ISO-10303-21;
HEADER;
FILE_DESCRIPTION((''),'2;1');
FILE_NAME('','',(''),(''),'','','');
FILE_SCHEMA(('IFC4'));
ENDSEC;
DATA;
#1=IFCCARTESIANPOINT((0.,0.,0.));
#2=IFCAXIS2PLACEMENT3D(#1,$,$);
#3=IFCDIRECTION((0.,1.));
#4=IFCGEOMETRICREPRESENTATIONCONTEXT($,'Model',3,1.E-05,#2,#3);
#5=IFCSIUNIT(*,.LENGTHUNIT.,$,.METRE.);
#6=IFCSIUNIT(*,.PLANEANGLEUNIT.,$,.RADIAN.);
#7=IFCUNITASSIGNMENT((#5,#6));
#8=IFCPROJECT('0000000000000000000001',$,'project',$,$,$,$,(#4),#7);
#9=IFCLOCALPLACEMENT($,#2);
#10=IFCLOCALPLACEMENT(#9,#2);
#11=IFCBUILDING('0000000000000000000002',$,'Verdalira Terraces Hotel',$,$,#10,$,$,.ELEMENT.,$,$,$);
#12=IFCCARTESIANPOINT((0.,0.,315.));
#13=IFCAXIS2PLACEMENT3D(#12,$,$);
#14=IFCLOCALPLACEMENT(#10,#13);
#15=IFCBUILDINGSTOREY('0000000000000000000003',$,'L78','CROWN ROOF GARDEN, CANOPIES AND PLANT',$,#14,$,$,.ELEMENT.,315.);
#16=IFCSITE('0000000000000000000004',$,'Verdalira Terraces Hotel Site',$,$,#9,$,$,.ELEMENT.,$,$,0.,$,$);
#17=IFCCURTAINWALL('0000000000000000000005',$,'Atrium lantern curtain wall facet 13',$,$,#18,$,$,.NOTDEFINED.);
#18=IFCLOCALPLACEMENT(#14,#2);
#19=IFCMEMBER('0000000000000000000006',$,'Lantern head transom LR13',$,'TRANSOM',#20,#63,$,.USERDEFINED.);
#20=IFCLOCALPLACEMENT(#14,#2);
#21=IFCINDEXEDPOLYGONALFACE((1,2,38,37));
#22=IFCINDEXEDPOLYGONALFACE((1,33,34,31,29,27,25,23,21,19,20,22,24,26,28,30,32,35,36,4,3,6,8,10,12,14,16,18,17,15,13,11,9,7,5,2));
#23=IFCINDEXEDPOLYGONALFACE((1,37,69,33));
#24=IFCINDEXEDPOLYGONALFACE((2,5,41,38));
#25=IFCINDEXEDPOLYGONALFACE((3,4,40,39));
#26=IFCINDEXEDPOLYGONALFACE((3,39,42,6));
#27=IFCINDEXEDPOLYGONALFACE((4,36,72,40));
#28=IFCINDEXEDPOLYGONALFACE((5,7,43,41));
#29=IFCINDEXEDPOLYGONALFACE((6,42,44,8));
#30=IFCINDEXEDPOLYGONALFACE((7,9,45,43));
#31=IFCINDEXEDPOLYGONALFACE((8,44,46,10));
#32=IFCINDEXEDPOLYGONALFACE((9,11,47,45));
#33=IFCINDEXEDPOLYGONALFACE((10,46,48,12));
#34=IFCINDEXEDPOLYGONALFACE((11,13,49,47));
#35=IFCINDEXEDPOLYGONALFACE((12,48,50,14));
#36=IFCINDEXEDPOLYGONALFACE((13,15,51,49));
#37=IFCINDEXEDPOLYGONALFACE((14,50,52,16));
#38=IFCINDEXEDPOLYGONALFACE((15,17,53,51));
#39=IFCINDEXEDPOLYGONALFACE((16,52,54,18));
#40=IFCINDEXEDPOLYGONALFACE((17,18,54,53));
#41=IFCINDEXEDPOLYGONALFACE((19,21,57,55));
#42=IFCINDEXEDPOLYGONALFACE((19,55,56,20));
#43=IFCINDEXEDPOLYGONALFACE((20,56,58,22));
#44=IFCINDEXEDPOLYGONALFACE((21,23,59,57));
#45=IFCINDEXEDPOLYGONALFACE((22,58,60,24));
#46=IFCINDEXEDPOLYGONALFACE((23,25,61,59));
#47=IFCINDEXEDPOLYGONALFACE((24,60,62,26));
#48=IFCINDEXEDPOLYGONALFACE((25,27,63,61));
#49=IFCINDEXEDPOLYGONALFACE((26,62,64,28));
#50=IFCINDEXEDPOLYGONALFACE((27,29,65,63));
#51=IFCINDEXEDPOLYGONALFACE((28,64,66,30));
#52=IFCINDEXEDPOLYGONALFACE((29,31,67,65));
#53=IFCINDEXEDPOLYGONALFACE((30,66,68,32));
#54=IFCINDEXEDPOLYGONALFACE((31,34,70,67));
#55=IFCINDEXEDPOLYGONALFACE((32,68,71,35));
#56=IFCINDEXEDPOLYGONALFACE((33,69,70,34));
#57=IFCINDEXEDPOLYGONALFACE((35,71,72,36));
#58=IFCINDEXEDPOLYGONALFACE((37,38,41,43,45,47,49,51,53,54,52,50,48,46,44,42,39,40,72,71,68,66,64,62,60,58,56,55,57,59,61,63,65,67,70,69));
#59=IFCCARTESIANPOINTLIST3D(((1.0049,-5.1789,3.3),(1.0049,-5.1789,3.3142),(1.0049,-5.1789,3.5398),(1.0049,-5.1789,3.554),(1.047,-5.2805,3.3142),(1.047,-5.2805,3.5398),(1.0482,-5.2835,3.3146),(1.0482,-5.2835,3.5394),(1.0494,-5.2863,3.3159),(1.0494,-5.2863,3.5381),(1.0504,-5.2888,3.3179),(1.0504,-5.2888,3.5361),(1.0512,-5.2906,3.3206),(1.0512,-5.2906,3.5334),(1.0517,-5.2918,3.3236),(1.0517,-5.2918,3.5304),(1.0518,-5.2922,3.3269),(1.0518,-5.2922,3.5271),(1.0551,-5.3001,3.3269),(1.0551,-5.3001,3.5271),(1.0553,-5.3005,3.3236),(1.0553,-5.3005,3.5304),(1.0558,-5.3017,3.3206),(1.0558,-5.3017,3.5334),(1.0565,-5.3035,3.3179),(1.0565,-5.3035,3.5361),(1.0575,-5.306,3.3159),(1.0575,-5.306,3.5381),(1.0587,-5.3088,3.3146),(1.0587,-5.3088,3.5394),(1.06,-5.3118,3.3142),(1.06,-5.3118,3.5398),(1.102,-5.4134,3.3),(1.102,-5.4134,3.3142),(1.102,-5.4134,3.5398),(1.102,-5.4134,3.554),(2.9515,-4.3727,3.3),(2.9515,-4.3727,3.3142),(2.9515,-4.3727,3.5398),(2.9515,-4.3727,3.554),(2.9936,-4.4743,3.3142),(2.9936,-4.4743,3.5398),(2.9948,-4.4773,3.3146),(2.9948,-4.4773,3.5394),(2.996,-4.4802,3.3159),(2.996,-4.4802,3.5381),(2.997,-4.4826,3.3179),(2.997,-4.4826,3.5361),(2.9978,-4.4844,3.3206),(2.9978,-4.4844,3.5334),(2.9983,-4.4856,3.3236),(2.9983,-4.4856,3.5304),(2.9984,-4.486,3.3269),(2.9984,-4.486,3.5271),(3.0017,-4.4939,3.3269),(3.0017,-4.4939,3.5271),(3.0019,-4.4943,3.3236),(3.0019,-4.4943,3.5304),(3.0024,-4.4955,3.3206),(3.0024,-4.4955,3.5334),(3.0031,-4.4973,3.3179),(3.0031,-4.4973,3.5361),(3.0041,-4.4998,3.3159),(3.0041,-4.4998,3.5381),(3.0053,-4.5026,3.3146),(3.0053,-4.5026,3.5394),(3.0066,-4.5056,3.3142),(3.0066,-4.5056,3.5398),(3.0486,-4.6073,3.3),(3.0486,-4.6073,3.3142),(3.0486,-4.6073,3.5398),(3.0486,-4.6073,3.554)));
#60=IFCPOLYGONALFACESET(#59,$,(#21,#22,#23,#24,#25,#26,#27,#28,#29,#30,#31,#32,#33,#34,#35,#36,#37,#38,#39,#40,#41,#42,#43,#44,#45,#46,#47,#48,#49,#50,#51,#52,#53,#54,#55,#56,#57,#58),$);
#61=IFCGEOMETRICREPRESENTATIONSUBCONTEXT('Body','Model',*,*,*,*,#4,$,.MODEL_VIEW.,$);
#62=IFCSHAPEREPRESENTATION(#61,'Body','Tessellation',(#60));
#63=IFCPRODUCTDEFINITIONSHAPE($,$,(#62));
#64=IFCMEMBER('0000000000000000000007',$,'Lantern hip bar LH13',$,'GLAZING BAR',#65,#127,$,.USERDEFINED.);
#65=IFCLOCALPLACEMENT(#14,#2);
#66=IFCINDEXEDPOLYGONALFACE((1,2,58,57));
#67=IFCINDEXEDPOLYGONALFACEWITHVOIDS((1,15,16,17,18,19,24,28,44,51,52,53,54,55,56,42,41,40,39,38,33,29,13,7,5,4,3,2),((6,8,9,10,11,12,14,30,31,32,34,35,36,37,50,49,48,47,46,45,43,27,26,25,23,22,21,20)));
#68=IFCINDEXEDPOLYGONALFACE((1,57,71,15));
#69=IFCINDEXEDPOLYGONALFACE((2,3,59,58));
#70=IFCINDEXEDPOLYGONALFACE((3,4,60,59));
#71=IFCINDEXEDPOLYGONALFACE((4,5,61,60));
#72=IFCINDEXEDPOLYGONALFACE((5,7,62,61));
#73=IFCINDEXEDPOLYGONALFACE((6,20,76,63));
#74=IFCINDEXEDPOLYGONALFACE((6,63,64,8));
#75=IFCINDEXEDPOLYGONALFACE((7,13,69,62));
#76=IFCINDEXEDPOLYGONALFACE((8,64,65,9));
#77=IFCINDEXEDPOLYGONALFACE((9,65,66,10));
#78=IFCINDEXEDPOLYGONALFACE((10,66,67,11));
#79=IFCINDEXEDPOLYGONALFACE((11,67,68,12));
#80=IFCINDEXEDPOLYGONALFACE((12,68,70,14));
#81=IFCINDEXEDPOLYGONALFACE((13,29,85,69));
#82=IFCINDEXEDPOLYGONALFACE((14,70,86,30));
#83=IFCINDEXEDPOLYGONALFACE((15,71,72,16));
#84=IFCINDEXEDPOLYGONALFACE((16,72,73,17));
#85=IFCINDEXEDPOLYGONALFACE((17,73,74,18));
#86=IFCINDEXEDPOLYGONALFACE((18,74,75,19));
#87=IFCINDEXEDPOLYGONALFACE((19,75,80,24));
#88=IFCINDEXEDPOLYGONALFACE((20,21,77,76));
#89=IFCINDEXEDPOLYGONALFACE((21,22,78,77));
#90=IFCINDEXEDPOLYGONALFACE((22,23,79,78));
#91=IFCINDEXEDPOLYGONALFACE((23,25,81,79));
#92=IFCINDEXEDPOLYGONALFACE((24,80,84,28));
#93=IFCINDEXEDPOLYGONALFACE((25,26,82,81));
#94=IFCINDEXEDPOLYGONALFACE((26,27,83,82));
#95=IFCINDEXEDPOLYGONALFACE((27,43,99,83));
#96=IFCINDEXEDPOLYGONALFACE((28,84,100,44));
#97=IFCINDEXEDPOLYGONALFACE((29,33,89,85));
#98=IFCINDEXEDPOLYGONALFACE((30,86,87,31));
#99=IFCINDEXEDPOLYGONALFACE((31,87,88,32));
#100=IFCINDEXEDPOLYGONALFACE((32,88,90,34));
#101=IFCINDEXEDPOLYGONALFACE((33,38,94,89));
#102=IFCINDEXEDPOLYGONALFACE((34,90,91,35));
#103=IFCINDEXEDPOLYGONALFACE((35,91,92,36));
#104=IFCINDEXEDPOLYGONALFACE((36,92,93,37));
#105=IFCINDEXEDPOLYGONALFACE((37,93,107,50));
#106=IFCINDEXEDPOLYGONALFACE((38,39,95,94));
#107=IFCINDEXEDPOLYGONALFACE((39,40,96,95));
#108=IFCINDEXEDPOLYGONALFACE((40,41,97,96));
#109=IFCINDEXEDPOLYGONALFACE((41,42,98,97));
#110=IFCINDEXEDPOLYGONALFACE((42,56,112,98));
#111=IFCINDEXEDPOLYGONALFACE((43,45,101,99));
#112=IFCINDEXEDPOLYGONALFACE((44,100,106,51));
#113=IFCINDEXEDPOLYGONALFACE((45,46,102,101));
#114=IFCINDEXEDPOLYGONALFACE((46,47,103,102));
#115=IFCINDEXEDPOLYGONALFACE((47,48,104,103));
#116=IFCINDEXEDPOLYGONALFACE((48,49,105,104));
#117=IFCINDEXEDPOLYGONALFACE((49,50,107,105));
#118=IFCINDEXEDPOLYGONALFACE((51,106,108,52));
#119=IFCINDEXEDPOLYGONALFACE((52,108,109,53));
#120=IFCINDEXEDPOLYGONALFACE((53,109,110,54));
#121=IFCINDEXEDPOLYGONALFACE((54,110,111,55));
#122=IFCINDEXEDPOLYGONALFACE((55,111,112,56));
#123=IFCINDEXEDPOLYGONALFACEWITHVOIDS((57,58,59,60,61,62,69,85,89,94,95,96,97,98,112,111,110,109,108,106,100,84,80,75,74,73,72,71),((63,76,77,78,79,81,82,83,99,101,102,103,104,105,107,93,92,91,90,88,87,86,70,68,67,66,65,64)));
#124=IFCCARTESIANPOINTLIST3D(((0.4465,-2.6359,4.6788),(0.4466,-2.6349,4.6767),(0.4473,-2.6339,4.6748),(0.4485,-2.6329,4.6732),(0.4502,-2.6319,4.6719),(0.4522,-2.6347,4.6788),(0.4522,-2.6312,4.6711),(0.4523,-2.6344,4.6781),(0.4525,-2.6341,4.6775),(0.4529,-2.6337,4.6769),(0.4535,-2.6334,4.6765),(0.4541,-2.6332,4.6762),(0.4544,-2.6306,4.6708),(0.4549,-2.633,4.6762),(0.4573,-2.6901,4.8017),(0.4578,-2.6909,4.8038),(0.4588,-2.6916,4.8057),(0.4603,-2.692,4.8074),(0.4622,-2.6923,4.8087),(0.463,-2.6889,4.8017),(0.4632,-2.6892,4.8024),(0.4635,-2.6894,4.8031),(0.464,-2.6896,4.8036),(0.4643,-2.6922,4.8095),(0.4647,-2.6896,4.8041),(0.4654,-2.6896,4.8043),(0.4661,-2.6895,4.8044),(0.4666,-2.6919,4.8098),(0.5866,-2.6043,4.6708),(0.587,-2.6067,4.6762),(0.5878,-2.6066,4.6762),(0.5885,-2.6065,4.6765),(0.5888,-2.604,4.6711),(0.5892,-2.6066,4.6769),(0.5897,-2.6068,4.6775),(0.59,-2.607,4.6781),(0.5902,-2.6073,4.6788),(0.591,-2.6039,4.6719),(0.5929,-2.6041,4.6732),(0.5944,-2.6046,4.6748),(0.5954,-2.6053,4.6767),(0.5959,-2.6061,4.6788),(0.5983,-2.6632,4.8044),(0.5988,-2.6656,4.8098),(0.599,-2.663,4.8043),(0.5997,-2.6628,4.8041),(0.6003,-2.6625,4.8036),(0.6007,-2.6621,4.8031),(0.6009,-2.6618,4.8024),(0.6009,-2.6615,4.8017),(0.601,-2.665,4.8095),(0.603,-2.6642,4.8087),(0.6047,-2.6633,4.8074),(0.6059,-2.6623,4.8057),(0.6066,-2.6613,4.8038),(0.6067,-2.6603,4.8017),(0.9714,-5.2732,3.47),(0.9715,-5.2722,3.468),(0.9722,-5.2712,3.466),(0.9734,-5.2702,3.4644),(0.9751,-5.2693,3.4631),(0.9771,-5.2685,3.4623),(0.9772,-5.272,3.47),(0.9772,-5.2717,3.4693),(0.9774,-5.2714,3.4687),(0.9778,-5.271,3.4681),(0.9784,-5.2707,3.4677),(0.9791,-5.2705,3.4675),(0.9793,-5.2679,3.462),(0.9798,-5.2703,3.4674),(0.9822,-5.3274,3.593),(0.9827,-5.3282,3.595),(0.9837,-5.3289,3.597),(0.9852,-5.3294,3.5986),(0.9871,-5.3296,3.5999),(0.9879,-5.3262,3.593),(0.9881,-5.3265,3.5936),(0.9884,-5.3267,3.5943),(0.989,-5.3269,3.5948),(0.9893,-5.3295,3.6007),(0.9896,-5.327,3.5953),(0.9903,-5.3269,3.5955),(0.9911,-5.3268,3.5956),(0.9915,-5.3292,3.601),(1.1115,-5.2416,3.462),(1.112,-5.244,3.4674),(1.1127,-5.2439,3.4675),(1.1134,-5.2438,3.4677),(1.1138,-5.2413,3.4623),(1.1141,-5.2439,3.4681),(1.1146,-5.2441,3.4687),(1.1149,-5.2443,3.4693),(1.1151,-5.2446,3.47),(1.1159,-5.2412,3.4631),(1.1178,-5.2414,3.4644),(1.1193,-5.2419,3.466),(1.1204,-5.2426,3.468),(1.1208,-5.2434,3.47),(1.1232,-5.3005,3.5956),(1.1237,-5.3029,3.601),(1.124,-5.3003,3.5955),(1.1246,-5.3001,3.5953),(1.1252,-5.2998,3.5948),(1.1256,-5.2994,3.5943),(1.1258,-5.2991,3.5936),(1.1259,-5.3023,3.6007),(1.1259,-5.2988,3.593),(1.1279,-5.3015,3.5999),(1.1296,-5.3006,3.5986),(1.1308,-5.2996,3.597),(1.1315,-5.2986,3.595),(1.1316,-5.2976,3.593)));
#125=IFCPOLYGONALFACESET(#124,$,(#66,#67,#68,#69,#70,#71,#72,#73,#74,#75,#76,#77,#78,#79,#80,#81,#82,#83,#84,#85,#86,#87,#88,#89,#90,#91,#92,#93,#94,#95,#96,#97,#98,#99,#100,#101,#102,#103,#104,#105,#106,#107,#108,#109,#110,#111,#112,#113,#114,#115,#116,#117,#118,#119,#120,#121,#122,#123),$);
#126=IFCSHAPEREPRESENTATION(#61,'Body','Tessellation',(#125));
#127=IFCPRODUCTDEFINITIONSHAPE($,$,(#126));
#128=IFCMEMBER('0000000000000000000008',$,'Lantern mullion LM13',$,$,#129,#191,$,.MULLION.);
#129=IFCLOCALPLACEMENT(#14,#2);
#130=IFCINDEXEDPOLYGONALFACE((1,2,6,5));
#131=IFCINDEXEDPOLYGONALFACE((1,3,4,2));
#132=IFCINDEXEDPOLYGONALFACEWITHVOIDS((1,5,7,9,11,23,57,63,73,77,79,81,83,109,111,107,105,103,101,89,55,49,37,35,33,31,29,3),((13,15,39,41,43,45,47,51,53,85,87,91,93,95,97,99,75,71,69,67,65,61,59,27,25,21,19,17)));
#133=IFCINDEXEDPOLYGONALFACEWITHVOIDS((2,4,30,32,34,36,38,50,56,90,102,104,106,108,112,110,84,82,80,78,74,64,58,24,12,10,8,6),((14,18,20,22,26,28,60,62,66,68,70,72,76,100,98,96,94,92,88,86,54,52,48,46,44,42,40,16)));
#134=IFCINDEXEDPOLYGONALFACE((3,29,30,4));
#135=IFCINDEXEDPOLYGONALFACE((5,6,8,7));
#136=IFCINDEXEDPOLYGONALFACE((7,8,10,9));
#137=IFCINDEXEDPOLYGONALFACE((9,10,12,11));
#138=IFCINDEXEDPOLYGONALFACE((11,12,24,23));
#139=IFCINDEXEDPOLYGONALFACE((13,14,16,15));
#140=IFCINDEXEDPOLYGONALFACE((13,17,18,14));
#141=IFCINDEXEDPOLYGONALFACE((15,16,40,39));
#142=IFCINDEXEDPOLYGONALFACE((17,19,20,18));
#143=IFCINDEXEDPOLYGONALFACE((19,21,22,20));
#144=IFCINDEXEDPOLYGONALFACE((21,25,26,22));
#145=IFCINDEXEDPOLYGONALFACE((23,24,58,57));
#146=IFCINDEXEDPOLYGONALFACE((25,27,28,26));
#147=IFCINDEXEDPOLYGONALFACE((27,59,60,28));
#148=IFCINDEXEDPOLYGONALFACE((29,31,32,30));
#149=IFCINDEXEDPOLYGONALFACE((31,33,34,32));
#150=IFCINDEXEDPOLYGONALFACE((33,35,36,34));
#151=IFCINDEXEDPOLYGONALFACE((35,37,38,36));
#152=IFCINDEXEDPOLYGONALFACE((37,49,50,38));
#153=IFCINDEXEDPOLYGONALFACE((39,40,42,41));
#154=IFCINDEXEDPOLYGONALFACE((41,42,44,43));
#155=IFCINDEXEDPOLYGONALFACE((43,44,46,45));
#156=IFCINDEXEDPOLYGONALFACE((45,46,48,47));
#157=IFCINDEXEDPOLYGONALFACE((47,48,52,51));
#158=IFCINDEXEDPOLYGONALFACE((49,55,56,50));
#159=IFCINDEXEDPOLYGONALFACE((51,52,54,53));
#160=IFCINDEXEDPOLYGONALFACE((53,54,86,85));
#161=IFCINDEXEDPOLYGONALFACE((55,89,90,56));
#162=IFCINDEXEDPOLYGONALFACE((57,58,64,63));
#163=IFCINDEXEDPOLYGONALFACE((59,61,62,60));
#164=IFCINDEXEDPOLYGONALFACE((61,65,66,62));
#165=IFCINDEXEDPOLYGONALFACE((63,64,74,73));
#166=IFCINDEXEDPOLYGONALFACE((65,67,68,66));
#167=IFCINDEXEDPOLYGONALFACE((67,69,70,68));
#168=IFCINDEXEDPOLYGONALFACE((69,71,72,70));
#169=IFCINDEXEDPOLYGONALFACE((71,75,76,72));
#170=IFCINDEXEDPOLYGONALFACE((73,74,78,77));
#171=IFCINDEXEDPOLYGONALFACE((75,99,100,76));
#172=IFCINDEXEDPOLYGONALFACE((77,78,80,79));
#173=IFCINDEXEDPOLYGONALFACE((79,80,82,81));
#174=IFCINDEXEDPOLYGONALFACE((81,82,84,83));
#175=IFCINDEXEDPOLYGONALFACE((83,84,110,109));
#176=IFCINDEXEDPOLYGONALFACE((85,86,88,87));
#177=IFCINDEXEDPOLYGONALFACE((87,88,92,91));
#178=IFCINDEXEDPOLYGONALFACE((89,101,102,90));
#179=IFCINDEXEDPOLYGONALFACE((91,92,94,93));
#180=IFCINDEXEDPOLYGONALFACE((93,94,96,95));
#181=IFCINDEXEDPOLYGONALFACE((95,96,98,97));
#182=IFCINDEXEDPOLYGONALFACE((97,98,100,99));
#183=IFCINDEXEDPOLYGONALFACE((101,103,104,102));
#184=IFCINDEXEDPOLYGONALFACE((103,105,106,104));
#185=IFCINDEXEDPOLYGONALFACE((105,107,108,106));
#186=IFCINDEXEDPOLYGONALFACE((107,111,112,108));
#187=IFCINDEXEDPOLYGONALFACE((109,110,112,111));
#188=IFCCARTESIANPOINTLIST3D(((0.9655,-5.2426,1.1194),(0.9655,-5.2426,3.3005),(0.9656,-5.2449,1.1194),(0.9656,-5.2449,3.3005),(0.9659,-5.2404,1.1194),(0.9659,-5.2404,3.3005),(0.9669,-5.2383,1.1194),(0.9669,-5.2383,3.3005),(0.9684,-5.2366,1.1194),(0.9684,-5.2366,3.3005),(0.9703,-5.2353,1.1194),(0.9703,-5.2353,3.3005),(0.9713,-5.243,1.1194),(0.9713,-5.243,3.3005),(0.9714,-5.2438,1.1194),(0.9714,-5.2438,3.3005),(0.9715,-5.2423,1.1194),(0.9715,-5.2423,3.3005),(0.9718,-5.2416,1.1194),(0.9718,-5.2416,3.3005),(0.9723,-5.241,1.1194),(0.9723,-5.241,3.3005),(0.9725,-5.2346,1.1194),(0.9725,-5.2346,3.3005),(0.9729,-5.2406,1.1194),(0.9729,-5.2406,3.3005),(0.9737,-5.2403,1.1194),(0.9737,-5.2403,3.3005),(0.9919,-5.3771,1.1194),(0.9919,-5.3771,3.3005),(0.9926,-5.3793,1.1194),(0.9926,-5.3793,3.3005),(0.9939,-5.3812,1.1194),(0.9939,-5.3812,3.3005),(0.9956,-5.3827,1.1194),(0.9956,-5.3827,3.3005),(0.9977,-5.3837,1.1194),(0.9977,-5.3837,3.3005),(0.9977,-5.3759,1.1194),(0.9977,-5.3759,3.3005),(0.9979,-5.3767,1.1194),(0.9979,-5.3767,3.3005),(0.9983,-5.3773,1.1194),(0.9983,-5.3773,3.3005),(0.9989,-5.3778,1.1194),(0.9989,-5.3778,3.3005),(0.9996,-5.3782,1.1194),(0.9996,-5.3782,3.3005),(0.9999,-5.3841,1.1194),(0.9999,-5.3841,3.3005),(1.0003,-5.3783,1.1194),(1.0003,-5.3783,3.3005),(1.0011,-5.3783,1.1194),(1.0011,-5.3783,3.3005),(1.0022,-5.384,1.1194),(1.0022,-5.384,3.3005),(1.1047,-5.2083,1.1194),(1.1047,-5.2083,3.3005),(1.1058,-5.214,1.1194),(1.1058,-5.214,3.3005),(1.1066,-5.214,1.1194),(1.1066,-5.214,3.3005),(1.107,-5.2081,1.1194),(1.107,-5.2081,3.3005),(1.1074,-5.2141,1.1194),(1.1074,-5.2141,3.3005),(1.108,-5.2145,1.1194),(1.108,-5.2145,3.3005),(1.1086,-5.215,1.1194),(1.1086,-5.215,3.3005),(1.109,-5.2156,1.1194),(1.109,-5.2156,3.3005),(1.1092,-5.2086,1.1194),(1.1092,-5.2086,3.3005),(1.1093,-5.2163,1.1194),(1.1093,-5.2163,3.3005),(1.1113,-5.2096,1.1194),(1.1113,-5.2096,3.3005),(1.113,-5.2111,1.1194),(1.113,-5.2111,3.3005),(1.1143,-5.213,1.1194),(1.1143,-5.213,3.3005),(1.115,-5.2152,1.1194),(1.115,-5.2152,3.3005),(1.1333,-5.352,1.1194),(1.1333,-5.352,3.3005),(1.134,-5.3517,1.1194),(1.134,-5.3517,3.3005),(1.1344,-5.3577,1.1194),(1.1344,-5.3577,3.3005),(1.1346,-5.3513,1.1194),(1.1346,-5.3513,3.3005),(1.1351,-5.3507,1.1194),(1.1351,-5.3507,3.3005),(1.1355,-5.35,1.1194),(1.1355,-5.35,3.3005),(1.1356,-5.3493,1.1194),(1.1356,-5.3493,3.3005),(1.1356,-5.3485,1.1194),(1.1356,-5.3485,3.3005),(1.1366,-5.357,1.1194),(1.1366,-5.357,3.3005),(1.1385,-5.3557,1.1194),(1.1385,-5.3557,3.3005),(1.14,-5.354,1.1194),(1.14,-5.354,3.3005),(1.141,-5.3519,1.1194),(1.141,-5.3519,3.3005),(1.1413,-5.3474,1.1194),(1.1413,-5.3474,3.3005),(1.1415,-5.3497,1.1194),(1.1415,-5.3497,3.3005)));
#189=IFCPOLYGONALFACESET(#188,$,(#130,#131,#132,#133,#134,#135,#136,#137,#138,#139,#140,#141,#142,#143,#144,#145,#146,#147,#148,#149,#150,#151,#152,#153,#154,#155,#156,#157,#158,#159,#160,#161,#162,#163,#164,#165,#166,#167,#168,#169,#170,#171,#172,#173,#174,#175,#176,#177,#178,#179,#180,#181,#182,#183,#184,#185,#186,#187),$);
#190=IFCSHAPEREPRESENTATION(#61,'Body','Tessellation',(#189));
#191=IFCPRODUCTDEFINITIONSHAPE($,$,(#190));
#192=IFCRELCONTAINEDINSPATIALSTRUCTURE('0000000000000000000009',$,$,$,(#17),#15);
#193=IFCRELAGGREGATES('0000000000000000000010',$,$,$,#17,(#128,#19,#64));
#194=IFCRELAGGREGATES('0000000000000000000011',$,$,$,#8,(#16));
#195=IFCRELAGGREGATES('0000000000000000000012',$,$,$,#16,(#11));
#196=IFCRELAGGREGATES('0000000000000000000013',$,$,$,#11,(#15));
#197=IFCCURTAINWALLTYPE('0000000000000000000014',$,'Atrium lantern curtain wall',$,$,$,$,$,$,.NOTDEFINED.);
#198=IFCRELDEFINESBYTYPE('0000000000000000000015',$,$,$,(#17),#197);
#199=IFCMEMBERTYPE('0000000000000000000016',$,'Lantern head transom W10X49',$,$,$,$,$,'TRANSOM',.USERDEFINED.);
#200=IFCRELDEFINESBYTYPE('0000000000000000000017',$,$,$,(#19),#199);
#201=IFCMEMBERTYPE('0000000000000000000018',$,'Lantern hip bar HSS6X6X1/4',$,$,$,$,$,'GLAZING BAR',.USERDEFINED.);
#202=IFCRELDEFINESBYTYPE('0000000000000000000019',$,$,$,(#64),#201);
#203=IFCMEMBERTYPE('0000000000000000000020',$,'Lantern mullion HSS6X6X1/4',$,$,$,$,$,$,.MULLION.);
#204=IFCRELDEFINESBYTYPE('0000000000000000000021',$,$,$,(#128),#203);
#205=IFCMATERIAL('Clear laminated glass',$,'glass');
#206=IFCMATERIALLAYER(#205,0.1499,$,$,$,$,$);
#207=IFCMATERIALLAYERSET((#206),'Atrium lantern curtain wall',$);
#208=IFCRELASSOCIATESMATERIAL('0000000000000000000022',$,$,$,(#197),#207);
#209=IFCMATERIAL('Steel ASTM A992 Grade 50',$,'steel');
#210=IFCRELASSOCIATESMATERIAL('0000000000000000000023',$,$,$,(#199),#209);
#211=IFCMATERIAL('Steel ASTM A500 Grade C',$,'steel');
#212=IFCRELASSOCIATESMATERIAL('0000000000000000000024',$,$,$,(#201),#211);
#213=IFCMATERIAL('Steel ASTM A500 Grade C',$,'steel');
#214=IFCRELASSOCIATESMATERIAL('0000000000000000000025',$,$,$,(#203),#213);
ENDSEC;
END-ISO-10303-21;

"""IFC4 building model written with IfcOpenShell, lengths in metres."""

from ifc_helpers import new_model, si_unit, direction, frame, origin, origin_2d, place, context, subcontext, project, spatial, hollow_rectangle, i_section, extrude, material, layer, layer_set, material_profile, profile_set, type_object, element, aggregate, save


model = new_model("IFC4")

# Units and contexts
model_context = context("Model", 3, precision=1e-05, world=origin(), true_north=direction((0.0, 1.0)))
body_context = subcontext(model_context, "Body", "Model", "MODEL_VIEW")
ifc_project = project(units=[si_unit("LENGTHUNIT", "METRE"), si_unit("PLANEANGLEUNIT", "RADIAN")], contexts=[model_context])

# Site, building, storey
site_placement = place(None, origin())
site = spatial("IfcSite", under=ifc_project, at=site_placement, Name="Verdalira Terraces Hotel Site", CompositionType="ELEMENT", RefElevation=0.0)
building_placement = place(site_placement, origin())
building = spatial("IfcBuilding", under=site, at=building_placement, Name="Verdalira Terraces Hotel", CompositionType="ELEMENT")
storey_placement = place(building_placement, frame((0.0, 0.0, 315.0)))
storey = spatial("IfcBuildingStorey", under=building, at=storey_placement, Name="L78", Description="CROWN ROOF GARDEN, CANOPIES AND PLANT", CompositionType="ELEMENT", Elevation=315.0)

# Curtain wall, members
ifc_material_1 = material(Name="Clear laminated glass", Category="glass")
ifc_layer_1 = layer(ifc_material_1, 0.1499)
ifc_layer_set_1 = layer_set([ifc_layer_1], Name="Atrium lantern curtain wall")
curtain_wall_type = type_object("IfcCurtainWallType", Name="Atrium lantern curtain wall", PredefinedType="NOTDEFINED", material=ifc_layer_set_1)
curtain_wall_placement = place(storey_placement, origin())
curtain_wall = element("IfcCurtainWall", 1, at=curtain_wall_placement, inside=storey, type_object=curtain_wall_type, Name="Atrium lantern curtain wall facet 13", PredefinedType="NOTDEFINED")
ifc_material_2 = material(Name="Steel ASTM A992 Grade 50", Category="steel")
ifc_material_profile_1 = material_profile(ifc_material_2, i_section(OverallWidth=0.2539, OverallDepth=0.2539, WebThickness=0.0085, FlangeThickness=0.0142, FilletRadius=0.0127, at=origin_2d()), Name="W10X49")
ifc_profile_set_1 = profile_set([ifc_material_profile_1], Name="Steel ASTM A992 Grade 50")
member_type_1 = type_object("IfcMemberType", Name="Lantern head transom W10X49", ElementType="TRANSOM", PredefinedType="USERDEFINED", material=ifc_profile_set_1)
member_1_placement = place(storey_placement, frame((1.0535, -5.2961, 3.427), z_axis=(0.923901, 0.382632, 0.0), x_axis=(-0.382632, 0.923901, 0.0)))
member_1 = element("IfcMember", 2, at=member_1_placement, type_object=member_type_1, Name="Lantern head transom LR13", ObjectType="TRANSOM", PredefinedType="USERDEFINED", context=body_context, shape_type="SweptSolid", body=[
    extrude(i_section(OverallWidth=0.2539, OverallDepth=0.2539, WebThickness=0.0085, FlangeThickness=0.0142, FilletRadius=0.0127, at=origin_2d()), origin(), (0.0, 0.0, 1.0), 2.1069),
])
ifc_material_3 = material(Name="Steel ASTM A500 Grade C", Category="steel")
ifc_material_profile_2 = material_profile(ifc_material_3, hollow_rectangle(XDim=0.1523, YDim=0.1523, WallThickness=0.0059, InnerFilletRadius=0.0029, OuterFilletRadius=0.0088, at=origin_2d()), Name="HSS6X6X1/4")
ifc_profile_set_2 = profile_set([ifc_material_profile_2], Name="Steel ASTM A500 Grade C")
member_type_2 = type_object("IfcMemberType", Name="Lantern hip bar HSS6X6X1/4", ElementType="GLAZING BAR", PredefinedType="USERDEFINED", material=ifc_profile_set_2)
member_2_placement = place(storey_placement, frame((1.0515, -5.2854, 3.5315), z_axis=(-0.178046, 0.894537, 0.410003), x_axis=(-0.980762, -0.195208, 0.0)))
member_2 = element("IfcMember", 3, at=member_2_placement, type_object=member_type_2, Name="Lantern hip bar LH13", ObjectType="GLAZING BAR", PredefinedType="USERDEFINED", context=body_context, shape_type="SweptSolid", body=[
    extrude(hollow_rectangle(XDim=0.1523, YDim=0.1523, WallThickness=0.0059, InnerFilletRadius=0.0029, OuterFilletRadius=0.0088, at=origin_2d()), origin(), (0.0, 0.0, 1.0), 2.9482),
])
ifc_material_4 = material(Name="Steel ASTM A500 Grade C", Category="steel")
ifc_material_profile_3 = material_profile(ifc_material_4, hollow_rectangle(XDim=0.1523, YDim=0.1523, WallThickness=0.0059, InnerFilletRadius=0.0029, OuterFilletRadius=0.0088, at=origin_2d()), Name="HSS6X6X1/4")
ifc_profile_set_3 = profile_set([ifc_material_profile_3], Name="Steel ASTM A500 Grade C")
member_type_3 = type_object("IfcMemberType", Name="Lantern mullion HSS6X6X1/4", PredefinedType="MULLION", material=ifc_profile_set_3)
member_3_placement = place(storey_placement, frame((1.0535, -5.2961, 1.1194), z_axis=(0.0, 0.0, 1.0), x_axis=(0.19509, -0.980785, 0.0)))
member_3 = element("IfcMember", 4, at=member_3_placement, type_object=member_type_3, Name="Lantern mullion LM13", PredefinedType="MULLION", context=body_context, shape_type="SweptSolid", body=[
    extrude(hollow_rectangle(XDim=0.1523, YDim=0.1523, WallThickness=0.0059, InnerFilletRadius=0.0029, OuterFilletRadius=0.0088, at=origin_2d()), origin(), (0.0, 0.0, 1.0), 2.1812),
])

aggregate(curtain_wall, [member_3, member_1, member_2])

save(model, "model.ifc")
